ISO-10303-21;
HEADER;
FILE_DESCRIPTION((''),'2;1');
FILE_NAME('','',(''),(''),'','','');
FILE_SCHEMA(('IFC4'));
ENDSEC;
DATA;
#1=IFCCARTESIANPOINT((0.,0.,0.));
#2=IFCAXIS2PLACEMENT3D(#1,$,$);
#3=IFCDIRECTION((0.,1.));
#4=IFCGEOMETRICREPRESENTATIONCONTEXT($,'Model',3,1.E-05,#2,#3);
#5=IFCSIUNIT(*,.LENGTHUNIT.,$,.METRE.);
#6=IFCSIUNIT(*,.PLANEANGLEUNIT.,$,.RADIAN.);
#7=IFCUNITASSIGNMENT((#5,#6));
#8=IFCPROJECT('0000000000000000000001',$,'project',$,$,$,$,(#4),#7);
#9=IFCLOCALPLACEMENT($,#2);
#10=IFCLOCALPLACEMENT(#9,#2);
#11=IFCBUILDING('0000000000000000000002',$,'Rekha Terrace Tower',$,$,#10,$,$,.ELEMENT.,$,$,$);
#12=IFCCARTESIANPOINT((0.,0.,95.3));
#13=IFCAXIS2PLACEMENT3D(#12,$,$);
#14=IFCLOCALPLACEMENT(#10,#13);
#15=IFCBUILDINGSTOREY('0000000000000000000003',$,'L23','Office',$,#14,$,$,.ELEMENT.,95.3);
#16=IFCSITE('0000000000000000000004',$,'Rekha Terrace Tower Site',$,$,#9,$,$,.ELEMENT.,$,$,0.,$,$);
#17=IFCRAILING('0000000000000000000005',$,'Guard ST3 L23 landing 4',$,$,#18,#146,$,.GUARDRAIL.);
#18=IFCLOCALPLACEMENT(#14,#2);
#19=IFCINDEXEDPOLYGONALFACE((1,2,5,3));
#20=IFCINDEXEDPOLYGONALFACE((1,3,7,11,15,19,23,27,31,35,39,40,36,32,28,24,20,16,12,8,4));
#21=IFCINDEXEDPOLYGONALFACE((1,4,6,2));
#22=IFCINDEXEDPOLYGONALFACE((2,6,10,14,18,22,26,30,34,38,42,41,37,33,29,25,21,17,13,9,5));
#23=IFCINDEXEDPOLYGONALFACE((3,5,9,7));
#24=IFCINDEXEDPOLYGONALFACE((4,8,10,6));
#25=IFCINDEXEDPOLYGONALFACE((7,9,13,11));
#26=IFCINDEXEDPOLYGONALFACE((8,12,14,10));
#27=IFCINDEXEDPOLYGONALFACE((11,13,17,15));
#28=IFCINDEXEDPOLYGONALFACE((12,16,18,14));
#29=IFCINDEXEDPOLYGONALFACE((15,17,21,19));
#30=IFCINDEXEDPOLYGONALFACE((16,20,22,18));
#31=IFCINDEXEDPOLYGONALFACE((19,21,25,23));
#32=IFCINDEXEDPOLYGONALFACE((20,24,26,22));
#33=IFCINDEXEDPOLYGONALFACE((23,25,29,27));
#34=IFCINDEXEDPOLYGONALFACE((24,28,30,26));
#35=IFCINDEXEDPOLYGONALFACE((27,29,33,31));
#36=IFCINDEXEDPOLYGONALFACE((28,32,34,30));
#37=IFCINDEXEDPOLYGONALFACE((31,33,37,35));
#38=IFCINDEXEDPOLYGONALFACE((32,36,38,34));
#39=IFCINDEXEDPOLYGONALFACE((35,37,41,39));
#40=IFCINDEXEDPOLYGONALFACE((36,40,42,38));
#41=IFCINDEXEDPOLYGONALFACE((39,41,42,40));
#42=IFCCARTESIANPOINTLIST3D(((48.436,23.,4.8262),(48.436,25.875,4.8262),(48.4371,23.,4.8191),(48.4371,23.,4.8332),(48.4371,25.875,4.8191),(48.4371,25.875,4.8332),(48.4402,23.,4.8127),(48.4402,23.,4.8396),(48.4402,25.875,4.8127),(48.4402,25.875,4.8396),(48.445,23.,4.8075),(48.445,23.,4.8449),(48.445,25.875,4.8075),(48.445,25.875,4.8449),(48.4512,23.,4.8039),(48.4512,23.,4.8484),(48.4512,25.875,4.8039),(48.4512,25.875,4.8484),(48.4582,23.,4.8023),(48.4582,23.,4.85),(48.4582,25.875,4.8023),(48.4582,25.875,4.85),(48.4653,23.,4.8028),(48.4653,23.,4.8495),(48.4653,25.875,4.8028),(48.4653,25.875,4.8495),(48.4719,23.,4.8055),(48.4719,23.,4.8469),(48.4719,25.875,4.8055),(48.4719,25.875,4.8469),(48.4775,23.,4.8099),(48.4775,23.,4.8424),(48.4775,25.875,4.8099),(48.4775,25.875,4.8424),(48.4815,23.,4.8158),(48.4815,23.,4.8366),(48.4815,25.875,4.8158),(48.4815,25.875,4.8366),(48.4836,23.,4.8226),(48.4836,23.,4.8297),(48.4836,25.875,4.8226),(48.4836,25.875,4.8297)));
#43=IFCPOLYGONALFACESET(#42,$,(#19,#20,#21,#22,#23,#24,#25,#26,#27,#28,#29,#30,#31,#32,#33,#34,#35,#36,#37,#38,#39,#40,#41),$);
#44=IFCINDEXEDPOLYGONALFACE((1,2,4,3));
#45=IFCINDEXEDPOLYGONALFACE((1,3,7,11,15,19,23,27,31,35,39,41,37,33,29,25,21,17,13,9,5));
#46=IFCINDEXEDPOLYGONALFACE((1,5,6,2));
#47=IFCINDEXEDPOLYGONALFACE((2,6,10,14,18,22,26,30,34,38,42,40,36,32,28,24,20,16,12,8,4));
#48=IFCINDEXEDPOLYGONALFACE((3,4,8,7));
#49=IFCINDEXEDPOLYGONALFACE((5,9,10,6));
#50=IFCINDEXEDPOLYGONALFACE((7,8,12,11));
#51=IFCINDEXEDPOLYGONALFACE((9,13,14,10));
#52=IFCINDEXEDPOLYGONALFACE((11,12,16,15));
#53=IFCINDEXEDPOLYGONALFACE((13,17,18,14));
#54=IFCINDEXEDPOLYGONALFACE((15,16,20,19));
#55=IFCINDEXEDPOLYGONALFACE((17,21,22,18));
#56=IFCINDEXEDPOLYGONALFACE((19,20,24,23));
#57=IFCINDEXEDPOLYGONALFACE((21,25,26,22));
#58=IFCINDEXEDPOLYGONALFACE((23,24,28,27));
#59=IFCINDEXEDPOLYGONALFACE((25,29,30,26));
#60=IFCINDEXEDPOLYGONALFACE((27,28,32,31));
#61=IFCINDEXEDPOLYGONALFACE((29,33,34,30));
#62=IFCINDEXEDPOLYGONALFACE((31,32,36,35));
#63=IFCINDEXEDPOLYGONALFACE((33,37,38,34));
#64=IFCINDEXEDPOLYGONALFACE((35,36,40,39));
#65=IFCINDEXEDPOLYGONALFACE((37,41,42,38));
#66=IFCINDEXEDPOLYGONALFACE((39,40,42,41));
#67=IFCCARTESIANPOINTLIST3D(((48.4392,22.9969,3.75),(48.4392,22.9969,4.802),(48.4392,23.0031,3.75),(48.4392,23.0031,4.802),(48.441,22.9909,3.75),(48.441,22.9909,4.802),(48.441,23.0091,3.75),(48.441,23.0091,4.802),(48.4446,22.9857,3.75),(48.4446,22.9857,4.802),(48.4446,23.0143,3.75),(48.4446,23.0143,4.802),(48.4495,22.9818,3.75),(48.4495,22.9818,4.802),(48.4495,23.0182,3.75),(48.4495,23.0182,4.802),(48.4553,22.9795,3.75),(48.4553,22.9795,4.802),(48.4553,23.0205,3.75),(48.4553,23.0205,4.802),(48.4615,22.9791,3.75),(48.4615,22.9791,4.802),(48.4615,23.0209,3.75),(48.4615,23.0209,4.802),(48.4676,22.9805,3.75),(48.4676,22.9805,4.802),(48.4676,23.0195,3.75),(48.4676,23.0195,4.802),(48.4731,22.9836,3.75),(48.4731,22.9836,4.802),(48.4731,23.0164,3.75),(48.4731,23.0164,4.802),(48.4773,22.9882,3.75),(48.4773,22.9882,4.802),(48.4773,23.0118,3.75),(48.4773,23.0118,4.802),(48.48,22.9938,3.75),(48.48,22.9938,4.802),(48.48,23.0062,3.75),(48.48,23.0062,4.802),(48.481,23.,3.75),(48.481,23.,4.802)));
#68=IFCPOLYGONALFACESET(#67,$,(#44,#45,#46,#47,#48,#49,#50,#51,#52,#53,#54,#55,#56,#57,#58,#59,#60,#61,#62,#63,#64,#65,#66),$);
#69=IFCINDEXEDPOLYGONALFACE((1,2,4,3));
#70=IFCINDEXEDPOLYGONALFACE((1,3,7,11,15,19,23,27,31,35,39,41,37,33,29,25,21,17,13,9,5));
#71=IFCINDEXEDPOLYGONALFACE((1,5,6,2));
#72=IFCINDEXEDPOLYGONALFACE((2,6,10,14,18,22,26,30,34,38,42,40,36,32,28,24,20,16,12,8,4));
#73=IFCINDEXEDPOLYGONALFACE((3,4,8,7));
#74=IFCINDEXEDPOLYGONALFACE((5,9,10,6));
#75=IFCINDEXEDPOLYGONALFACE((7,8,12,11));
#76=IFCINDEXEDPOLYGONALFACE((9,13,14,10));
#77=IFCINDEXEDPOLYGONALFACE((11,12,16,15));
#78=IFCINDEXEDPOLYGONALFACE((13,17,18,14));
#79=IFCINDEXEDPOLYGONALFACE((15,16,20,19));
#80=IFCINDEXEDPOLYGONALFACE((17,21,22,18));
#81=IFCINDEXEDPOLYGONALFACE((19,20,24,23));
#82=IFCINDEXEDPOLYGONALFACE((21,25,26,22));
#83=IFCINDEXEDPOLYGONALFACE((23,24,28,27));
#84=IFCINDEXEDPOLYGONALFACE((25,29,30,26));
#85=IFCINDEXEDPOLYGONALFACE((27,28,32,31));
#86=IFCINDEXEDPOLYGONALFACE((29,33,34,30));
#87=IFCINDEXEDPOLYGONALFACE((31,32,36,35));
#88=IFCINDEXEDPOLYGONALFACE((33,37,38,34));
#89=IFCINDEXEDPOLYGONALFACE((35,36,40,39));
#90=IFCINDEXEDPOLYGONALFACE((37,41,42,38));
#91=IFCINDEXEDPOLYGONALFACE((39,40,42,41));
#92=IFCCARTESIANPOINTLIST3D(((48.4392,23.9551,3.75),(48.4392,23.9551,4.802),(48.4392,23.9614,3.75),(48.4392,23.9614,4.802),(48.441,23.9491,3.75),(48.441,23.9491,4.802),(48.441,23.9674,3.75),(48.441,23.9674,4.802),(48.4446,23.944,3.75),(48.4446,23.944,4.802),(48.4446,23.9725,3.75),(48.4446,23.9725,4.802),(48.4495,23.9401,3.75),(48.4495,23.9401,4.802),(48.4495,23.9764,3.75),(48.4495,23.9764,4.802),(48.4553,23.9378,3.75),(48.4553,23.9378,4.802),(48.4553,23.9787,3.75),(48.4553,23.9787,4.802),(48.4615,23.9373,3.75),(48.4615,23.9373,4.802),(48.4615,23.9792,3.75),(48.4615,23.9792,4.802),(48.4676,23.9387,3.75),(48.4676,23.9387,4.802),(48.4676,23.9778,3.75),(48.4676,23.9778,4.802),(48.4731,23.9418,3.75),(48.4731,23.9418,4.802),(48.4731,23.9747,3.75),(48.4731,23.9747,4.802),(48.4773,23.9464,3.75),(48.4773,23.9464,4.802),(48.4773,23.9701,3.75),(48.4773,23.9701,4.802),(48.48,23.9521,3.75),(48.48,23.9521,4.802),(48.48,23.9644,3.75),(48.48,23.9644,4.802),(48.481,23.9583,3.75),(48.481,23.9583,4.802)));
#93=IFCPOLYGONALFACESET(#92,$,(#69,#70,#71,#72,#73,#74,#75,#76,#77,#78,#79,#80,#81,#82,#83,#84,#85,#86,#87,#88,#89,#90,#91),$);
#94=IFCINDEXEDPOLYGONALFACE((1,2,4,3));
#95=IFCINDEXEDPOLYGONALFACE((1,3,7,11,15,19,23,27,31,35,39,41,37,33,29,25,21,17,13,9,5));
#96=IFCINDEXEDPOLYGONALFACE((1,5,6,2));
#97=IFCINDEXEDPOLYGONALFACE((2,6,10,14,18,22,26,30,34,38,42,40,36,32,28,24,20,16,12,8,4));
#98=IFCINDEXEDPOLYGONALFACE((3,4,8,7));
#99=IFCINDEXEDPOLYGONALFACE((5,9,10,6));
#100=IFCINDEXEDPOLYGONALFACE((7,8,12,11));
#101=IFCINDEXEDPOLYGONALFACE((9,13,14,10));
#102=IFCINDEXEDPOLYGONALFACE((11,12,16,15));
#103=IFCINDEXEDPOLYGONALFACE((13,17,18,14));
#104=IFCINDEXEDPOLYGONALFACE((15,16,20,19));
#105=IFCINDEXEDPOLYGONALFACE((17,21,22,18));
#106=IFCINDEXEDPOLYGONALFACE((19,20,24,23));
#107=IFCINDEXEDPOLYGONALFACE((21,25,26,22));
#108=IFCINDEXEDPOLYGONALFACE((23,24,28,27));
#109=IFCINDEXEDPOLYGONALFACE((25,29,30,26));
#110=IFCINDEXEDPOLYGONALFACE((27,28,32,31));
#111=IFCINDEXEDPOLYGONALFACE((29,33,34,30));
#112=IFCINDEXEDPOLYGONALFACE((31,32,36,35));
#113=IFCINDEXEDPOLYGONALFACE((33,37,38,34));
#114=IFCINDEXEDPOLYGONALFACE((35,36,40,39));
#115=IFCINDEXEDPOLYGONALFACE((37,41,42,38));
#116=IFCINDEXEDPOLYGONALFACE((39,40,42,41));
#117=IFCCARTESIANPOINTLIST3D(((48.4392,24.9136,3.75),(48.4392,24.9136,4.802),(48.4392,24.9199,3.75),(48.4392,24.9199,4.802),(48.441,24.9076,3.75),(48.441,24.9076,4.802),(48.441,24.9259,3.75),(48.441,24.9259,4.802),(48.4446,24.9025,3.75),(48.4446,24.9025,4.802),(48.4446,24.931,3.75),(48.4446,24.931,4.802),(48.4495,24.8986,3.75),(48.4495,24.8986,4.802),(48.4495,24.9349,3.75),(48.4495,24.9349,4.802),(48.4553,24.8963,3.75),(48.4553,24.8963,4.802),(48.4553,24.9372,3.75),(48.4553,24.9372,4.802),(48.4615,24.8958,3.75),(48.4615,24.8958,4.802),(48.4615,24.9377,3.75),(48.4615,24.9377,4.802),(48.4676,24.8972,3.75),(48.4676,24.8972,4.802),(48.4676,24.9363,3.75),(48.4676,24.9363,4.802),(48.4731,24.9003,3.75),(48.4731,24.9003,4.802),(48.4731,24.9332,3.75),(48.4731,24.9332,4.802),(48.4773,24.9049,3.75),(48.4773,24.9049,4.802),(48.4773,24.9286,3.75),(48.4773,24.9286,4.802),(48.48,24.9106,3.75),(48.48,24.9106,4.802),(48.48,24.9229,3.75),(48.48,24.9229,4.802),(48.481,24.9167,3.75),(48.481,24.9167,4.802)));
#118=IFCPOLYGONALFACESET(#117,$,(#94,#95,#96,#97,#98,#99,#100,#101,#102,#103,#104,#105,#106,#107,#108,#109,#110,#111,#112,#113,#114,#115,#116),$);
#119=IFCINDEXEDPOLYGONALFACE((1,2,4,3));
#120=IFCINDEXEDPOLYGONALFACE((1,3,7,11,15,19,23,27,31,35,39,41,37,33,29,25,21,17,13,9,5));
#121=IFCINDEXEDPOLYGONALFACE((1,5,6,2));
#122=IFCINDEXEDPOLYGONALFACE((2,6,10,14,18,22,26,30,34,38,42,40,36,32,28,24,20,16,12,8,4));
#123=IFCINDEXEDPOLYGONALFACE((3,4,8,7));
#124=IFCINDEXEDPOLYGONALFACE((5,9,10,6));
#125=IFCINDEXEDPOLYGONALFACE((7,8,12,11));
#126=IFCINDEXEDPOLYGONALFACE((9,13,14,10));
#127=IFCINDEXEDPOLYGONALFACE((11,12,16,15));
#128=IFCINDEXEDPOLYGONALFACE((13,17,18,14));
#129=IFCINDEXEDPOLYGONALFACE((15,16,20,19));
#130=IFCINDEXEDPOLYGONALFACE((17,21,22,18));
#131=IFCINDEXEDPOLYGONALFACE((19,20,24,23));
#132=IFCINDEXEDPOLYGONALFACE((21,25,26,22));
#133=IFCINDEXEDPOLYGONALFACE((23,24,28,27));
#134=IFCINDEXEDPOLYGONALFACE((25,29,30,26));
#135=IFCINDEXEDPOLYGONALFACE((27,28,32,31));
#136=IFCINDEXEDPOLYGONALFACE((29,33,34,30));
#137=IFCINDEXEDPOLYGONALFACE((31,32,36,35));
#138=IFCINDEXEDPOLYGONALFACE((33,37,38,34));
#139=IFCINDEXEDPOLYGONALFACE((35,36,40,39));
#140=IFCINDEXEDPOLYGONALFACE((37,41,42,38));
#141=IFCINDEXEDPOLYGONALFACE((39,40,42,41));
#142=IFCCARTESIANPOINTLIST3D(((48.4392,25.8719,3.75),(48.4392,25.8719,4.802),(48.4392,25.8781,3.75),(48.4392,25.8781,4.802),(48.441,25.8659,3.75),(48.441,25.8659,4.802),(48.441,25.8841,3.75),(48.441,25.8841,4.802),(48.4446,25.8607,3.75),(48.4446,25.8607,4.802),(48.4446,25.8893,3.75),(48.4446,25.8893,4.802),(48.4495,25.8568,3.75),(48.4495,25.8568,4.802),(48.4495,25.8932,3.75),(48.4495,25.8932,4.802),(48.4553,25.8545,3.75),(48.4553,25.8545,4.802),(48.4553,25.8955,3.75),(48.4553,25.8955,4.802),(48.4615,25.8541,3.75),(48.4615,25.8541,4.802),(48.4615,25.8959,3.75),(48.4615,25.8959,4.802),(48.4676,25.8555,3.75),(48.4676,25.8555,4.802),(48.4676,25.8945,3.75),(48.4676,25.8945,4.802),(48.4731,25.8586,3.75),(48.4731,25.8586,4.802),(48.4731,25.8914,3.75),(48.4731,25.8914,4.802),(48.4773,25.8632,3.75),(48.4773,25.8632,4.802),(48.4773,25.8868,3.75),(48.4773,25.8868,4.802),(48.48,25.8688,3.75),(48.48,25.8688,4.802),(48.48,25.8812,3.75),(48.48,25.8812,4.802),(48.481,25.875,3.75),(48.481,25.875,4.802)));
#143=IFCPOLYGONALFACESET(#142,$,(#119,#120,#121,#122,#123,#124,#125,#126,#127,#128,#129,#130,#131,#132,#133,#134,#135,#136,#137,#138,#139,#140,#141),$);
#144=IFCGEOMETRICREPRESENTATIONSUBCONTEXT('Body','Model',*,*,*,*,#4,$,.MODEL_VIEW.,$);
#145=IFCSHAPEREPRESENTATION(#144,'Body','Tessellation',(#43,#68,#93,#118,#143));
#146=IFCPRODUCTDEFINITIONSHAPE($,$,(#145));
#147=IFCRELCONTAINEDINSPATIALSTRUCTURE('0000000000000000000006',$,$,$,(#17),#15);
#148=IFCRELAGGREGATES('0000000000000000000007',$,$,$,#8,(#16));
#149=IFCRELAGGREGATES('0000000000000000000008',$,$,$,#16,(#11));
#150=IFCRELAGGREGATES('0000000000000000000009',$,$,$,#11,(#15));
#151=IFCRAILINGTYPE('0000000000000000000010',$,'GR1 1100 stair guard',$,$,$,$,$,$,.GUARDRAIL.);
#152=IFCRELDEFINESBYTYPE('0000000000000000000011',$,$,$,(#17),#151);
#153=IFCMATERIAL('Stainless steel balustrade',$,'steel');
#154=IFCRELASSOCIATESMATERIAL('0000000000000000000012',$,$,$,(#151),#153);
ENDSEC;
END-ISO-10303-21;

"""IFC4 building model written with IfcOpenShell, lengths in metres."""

from ifc_helpers import new_model, si_unit, direction, frame, origin, origin_2d, place, context, subcontext, project, spatial, circle, extrude, material, type_object, element, save


model = new_model("IFC4")

# Units and contexts
model_context = context("Model", 3, precision=1e-05, world=origin(), true_north=direction((0.0, 1.0)))
body_context = subcontext(model_context, "Body", "Model", "MODEL_VIEW")
ifc_project = project(units=[si_unit("LENGTHUNIT", "METRE"), si_unit("PLANEANGLEUNIT", "RADIAN")], contexts=[model_context])

# Site, building, storey
site_placement = place(None, origin())
site = spatial("IfcSite", under=ifc_project, at=site_placement, Name="Rekha Terrace Tower Site", CompositionType="ELEMENT", RefElevation=0.0)
building_placement = place(site_placement, origin())
building = spatial("IfcBuilding", under=site, at=building_placement, Name="Rekha Terrace Tower", CompositionType="ELEMENT")
storey_placement = place(building_placement, frame((0.0, 0.0, 95.3)))
storey = spatial("IfcBuildingStorey", under=building, at=storey_placement, Name="L23", Description="Office", CompositionType="ELEMENT", Elevation=95.3)

# Railing
ifc_material_1 = material(Name="Stainless steel balustrade", Category="steel")
railing_type_1 = type_object("IfcRailingType", Name="GR1 1100 stair guard", PredefinedType="GUARDRAIL", material=ifc_material_1)
railing_1_placement = place(storey_placement, frame((48.46, 23.0, 3.75)))
element("IfcRailing", 1, at=railing_1_placement, inside=storey, type_object=railing_type_1, Name="Guard ST3 L23 landing 4", PredefinedType="GUARDRAIL", context=body_context, shape_type="SweptSolid", body=[
    extrude(circle(Radius=0.0239, at=origin_2d()), frame((0.0, 0.0, 1.0762), z_axis=(0.0, 1.0, 0.0), x_axis=(-1.0, 0.0, 0.0)), (0.0, 0.0, 1.0), 2.875),
    extrude(circle(Radius=0.021, at=origin_2d()), origin(), (0.0, 0.0, 1.0), 1.052),
    extrude(circle(Radius=0.021, at=origin_2d()), frame((0.0, 0.9583, 0.0)), (0.0, 0.0, 1.0), 1.052),
    extrude(circle(Radius=0.021, at=origin_2d()), frame((0.0, 1.9167, 0.0)), (0.0, 0.0, 1.0), 1.052),
    extrude(circle(Radius=0.021, at=origin_2d()), frame((0.0, 2.875, 0.0)), (0.0, 0.0, 1.0), 1.052),
])

save(model, "model.ifc")
